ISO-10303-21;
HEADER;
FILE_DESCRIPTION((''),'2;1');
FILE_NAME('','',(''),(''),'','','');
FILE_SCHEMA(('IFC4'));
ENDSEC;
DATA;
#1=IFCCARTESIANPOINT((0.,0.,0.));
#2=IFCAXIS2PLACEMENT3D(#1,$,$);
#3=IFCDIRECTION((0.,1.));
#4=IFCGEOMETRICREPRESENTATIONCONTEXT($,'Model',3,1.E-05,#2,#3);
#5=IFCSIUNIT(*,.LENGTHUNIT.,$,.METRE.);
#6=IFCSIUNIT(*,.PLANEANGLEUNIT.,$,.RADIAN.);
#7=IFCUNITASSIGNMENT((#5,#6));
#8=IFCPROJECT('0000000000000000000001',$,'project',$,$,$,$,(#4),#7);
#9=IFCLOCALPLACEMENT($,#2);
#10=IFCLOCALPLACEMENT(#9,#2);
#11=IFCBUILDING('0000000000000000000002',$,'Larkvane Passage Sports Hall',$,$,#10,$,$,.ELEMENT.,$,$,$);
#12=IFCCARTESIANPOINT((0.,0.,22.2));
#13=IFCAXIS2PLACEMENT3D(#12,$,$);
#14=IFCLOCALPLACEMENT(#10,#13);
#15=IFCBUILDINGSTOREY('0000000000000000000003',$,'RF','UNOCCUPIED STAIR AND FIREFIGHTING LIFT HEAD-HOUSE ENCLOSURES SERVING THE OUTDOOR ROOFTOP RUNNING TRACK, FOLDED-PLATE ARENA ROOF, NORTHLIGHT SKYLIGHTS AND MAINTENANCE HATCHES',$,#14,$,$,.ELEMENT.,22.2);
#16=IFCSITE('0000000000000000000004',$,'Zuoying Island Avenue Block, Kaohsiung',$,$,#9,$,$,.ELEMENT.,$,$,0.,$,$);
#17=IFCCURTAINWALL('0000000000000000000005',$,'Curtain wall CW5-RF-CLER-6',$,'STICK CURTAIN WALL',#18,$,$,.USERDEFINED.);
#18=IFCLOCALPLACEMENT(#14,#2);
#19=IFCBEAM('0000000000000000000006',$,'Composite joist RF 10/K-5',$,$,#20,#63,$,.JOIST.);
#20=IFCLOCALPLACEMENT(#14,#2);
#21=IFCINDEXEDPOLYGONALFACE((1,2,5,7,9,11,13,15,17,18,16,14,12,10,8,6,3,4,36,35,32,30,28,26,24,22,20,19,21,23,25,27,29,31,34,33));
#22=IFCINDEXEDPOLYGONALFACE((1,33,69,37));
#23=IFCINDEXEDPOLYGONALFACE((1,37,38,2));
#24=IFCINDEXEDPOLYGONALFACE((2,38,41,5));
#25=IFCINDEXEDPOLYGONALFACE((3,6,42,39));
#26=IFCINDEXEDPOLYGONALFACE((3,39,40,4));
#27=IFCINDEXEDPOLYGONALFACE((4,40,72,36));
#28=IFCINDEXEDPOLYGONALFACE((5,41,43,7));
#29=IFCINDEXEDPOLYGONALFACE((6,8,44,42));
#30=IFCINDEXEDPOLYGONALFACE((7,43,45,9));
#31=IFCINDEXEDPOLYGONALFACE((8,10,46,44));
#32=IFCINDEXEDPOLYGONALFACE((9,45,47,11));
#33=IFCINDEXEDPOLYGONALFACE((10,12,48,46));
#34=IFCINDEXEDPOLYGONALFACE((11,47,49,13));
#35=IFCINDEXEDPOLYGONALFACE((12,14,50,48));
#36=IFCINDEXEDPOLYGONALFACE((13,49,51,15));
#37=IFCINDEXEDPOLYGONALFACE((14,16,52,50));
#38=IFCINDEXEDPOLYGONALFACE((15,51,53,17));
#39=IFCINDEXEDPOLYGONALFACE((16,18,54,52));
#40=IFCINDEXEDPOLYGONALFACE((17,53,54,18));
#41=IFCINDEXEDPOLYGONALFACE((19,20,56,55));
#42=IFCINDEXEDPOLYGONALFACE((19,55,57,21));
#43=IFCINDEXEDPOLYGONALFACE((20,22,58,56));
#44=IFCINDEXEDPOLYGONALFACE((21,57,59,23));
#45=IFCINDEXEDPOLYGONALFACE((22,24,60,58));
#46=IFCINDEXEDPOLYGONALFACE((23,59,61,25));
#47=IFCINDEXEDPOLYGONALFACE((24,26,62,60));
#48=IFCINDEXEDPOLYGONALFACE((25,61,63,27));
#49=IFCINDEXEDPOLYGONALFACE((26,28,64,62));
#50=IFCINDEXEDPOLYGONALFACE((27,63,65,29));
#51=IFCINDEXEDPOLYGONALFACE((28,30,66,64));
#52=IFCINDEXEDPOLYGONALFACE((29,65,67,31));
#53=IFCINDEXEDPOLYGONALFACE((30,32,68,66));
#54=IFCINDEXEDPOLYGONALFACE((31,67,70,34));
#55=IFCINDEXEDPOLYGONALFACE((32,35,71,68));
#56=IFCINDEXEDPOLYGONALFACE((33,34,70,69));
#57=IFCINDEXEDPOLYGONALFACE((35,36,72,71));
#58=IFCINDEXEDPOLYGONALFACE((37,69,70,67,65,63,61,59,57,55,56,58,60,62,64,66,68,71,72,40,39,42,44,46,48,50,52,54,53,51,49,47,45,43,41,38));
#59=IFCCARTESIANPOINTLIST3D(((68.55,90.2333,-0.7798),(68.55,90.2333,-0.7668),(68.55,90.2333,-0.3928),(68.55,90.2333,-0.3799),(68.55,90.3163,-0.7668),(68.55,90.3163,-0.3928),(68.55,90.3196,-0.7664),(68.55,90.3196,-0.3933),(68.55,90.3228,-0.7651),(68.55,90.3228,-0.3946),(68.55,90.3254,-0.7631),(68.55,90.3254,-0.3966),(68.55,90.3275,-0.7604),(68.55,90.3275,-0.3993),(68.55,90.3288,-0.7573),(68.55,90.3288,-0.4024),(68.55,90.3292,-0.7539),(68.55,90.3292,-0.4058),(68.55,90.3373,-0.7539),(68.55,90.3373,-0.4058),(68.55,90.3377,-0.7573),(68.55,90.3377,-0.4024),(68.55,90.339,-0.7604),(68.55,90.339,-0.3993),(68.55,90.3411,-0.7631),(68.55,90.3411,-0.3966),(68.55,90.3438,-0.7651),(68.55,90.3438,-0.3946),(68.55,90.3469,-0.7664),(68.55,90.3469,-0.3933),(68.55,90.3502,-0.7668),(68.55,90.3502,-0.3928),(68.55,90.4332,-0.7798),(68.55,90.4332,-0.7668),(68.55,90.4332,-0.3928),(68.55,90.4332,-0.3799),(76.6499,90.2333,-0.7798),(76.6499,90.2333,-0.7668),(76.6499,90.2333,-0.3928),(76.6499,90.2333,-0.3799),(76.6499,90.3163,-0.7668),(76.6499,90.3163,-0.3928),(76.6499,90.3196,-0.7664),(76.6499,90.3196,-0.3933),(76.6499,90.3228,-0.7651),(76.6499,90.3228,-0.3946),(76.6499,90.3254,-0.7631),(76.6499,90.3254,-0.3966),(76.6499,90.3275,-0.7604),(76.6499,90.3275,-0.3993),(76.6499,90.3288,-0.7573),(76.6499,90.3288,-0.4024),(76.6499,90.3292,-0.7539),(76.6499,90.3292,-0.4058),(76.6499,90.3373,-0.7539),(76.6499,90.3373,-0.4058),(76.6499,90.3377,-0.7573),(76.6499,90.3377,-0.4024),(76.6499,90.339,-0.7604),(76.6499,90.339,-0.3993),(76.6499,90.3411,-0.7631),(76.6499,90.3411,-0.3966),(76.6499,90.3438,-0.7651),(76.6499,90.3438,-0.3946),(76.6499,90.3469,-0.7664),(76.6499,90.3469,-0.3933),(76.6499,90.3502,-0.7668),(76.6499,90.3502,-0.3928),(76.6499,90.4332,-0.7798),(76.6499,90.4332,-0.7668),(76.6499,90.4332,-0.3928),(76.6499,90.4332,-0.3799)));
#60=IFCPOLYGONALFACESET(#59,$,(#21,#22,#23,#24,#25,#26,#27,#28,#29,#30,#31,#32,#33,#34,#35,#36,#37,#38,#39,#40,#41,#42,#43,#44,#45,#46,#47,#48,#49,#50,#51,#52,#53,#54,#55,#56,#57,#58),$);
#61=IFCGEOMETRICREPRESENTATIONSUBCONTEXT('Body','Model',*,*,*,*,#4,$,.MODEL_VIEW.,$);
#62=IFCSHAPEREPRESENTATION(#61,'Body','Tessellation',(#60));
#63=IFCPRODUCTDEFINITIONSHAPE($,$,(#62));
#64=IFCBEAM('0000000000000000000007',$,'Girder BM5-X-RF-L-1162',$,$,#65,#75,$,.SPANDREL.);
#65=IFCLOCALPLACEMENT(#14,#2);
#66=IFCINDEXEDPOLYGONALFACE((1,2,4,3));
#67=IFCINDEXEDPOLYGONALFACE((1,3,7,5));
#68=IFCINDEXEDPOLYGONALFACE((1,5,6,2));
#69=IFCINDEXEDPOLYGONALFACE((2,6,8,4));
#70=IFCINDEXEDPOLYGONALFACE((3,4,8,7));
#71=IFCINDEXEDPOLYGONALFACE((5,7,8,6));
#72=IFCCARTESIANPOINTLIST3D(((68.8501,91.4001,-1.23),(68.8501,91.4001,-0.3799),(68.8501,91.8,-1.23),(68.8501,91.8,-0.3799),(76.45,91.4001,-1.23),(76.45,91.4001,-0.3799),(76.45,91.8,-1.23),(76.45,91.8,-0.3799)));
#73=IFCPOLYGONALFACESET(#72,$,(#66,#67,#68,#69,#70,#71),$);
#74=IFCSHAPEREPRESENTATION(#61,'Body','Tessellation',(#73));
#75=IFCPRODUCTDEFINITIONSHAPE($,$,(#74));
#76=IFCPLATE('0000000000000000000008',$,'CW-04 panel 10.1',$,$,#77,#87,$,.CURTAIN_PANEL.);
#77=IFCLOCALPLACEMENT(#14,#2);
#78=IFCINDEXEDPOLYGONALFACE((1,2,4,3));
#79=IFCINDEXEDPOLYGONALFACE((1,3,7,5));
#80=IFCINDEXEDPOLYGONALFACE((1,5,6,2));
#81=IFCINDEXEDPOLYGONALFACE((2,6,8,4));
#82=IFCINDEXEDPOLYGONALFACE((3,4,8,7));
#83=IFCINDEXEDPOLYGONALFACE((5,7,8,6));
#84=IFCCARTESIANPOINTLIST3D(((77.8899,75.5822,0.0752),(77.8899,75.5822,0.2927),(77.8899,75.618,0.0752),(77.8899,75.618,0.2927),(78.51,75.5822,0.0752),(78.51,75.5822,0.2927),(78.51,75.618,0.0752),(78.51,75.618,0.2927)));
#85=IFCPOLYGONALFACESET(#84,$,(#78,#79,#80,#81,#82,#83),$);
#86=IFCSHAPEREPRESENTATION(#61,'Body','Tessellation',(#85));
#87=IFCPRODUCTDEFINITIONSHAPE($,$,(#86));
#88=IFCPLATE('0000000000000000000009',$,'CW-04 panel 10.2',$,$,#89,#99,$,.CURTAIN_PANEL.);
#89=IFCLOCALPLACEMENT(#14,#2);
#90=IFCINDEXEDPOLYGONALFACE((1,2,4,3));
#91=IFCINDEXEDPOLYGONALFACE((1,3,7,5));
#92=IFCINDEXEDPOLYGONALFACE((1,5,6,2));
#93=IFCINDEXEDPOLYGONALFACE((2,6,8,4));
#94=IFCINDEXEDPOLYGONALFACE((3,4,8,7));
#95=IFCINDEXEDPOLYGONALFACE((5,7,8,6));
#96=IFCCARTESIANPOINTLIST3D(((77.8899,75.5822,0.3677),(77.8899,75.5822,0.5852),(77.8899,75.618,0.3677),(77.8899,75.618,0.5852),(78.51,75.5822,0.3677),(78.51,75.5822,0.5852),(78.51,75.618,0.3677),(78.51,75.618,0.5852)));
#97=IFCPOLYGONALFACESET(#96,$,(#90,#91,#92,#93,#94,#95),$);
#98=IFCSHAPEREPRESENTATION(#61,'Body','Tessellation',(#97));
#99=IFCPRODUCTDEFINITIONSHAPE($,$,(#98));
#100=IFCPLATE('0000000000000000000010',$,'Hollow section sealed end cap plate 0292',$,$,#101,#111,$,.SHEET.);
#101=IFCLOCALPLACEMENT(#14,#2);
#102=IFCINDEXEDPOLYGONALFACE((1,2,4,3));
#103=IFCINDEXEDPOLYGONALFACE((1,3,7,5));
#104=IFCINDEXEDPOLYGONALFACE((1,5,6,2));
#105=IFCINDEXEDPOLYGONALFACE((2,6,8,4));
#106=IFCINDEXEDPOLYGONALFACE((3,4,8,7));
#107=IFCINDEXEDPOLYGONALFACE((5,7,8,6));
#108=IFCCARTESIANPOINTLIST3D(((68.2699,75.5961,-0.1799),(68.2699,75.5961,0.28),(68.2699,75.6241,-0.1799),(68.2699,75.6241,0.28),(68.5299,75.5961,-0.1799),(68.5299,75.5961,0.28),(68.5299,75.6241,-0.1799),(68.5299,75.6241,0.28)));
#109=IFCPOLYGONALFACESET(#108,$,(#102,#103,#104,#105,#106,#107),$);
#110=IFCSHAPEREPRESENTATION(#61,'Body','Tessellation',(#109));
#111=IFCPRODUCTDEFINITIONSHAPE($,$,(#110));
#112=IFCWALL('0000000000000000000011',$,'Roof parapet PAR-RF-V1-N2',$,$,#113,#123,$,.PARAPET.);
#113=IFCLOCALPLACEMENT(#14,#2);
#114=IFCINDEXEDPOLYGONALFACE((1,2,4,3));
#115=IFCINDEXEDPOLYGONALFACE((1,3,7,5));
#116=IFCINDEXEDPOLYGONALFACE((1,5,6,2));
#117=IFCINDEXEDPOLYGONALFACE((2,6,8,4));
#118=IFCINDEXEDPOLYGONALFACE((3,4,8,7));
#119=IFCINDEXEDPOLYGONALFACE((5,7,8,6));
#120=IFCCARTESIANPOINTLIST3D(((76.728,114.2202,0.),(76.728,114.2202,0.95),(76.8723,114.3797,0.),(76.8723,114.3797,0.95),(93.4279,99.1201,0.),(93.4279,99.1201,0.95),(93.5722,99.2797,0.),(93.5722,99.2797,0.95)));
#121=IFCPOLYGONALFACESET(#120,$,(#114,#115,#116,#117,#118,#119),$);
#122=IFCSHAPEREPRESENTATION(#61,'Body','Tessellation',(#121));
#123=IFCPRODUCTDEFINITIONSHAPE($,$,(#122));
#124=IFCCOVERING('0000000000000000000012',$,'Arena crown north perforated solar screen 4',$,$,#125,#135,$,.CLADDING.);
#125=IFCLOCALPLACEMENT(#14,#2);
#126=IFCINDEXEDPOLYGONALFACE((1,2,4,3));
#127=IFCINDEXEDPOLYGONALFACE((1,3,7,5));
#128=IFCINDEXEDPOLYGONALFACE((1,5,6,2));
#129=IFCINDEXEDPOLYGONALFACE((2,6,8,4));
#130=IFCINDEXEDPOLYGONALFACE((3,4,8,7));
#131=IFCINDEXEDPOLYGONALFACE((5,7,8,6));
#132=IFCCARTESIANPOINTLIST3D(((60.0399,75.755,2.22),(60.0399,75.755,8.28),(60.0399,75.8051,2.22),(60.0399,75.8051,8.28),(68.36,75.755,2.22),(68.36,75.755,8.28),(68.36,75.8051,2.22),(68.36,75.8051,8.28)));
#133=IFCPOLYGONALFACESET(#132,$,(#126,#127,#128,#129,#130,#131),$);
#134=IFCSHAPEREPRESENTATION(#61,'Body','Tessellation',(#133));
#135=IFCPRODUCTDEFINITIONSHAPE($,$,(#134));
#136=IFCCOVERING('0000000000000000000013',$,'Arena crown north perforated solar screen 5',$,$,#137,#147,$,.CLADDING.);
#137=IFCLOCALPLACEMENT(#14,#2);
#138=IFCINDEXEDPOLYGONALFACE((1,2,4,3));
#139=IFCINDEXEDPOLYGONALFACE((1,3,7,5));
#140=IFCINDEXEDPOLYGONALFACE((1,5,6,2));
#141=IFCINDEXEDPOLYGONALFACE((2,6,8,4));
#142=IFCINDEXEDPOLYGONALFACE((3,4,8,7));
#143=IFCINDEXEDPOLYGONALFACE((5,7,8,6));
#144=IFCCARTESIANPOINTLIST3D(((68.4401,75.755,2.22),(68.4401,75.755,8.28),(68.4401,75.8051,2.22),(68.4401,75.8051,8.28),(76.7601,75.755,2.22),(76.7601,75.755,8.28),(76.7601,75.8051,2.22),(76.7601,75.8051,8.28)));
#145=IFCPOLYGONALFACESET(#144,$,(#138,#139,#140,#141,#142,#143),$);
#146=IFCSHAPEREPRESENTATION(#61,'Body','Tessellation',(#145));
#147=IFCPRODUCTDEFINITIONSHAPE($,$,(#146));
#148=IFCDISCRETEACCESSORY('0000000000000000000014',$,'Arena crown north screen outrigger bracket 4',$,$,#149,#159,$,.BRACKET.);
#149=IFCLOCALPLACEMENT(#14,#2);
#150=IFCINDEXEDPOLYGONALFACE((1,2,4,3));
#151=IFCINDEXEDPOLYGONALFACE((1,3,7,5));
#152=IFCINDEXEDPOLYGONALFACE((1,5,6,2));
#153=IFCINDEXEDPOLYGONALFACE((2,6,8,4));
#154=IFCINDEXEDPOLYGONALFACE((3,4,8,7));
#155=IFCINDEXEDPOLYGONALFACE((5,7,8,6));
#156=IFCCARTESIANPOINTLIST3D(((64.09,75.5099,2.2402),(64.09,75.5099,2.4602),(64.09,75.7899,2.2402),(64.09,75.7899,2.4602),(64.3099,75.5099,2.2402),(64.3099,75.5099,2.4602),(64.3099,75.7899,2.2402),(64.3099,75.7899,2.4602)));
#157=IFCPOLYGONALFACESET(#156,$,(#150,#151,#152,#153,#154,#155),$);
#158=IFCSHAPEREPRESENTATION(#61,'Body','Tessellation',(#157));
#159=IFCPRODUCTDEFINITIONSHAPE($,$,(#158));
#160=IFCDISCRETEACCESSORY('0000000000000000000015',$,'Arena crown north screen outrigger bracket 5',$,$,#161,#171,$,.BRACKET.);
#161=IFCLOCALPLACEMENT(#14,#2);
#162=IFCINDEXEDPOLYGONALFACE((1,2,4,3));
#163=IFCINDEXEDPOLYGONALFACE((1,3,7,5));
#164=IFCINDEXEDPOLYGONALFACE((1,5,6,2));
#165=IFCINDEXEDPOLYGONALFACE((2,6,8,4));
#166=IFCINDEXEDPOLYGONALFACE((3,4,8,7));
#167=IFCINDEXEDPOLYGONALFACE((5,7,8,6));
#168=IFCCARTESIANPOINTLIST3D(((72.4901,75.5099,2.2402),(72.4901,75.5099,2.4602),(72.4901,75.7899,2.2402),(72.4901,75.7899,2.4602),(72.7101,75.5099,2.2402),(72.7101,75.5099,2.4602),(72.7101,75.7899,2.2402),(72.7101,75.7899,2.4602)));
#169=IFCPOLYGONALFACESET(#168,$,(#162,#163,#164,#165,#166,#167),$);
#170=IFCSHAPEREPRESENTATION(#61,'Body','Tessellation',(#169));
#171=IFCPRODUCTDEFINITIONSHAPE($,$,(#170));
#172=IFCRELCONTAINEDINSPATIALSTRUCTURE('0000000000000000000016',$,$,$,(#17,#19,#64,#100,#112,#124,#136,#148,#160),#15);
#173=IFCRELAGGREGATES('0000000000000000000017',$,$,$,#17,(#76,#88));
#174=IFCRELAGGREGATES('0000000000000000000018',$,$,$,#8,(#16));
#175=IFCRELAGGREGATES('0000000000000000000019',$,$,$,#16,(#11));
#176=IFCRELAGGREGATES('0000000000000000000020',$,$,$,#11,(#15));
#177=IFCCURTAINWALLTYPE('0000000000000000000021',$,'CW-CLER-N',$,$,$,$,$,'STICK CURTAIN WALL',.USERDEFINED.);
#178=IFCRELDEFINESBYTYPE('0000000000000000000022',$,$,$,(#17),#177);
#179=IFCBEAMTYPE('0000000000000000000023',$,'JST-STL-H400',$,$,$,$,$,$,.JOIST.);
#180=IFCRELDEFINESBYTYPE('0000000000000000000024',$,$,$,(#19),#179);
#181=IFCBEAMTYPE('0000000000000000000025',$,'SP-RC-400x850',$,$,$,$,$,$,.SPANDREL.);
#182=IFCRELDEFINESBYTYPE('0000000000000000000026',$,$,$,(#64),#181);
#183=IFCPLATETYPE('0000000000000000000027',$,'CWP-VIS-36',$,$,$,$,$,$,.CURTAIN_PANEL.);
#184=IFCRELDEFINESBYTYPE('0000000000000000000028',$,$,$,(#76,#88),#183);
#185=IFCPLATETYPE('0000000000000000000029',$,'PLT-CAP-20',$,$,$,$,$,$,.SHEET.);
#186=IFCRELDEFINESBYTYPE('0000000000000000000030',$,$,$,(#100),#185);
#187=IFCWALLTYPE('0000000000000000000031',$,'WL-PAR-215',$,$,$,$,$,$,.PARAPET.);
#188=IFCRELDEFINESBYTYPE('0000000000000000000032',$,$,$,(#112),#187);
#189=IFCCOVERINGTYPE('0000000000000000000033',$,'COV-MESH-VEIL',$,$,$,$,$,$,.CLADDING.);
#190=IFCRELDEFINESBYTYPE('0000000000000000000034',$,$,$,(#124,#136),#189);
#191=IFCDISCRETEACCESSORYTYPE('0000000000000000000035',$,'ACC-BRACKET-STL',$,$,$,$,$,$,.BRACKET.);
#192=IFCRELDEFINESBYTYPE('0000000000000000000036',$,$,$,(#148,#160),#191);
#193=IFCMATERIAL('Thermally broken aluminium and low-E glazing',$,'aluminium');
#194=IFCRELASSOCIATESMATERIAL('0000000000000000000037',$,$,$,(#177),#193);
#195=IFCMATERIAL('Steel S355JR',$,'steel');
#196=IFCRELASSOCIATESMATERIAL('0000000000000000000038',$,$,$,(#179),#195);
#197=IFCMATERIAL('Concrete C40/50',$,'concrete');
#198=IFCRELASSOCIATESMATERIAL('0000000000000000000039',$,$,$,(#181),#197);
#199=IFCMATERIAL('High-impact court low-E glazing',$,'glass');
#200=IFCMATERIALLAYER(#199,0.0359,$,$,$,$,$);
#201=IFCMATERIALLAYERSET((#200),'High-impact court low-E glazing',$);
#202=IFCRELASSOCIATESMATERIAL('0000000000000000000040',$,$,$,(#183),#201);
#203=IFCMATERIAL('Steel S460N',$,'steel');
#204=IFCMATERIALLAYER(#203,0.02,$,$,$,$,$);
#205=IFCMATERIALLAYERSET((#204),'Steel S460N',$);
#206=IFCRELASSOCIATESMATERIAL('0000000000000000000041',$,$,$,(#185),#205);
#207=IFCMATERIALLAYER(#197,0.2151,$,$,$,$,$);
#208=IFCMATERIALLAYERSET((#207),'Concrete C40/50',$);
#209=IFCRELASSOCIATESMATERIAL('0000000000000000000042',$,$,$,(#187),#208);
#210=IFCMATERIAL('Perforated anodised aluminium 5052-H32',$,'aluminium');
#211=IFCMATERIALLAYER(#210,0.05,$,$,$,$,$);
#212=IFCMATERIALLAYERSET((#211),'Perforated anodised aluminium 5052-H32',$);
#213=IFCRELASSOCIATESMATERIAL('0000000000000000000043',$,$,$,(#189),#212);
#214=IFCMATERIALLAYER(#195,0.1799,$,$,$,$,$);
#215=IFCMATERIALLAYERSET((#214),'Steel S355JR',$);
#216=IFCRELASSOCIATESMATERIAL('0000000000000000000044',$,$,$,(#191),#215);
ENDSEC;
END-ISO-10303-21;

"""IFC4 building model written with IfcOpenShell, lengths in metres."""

from ifc_helpers import new_model, si_unit, direction, frame, frame_2d, origin, origin_2d, place, context, subcontext, project, spatial, rectangle, i_section, extrude, material, layer, layer_set, material_profile, profile_set, type_object, element, aggregate, save


model = new_model("IFC4")

# Units and contexts
model_context = context("Model", 3, precision=1e-05, world=origin(), true_north=direction((0.0, 1.0)))
body_context = subcontext(model_context, "Body", "Model", "MODEL_VIEW")
ifc_project = project(units=[si_unit("LENGTHUNIT", "METRE"), si_unit("PLANEANGLEUNIT", "RADIAN")], contexts=[model_context])

# Site, building, storey
site_placement = place(None, origin())
site = spatial("IfcSite", under=ifc_project, at=site_placement, Name="Zuoying Island Avenue Block, Kaohsiung", CompositionType="ELEMENT", RefElevation=0.0)
building_placement = place(site_placement, origin())
building = spatial("IfcBuilding", under=site, at=building_placement, Name="Larkvane Passage Sports Hall", CompositionType="ELEMENT")
storey_placement = place(building_placement, frame((0.0, 0.0, 22.2)))
storey = spatial("IfcBuildingStorey", under=building, at=storey_placement, Name="RF", Description="UNOCCUPIED STAIR AND FIREFIGHTING LIFT HEAD-HOUSE ENCLOSURES SERVING THE OUTDOOR ROOFTOP RUNNING TRACK, FOLDED-PLATE ARENA ROOF, NORTHLIGHT SKYLIGHTS AND MAINTENANCE HATCHES", CompositionType="ELEMENT", Elevation=22.2)

# Shared definitions
ifc_material_1 = material(Name="Steel S355JR", Category="steel")
ifc_material_2 = material(Name="Steel S460N", Category="steel")

# Curtain wall
ifc_material_3 = material(Name="Thermally broken aluminium and low-E glazing", Category="aluminium")
curtain_wall_type = type_object("IfcCurtainWallType", Name="CW-CLER-N", ElementType="STICK CURTAIN WALL", PredefinedType="USERDEFINED", material=ifc_material_3)
curtain_wall_placement = place(storey_placement, origin())
curtain_wall = element("IfcCurtainWall", 1, at=curtain_wall_placement, inside=storey, type_object=curtain_wall_type, Name="Curtain wall CW5-RF-CLER-6", ObjectType="STICK CURTAIN WALL", PredefinedType="USERDEFINED")

# Beams
ifc_material_profile_1 = material_profile(ifc_material_1, i_section(OverallWidth=0.2, OverallDepth=0.3999, WebThickness=0.0081, FlangeThickness=0.0129, FilletRadius=0.0129, at=origin_2d()), Name="H-400x200x8x13")
ifc_profile_set_1 = profile_set([ifc_material_profile_1], Name="Steel S355JR")
beam_type_1 = type_object("IfcBeamType", Name="JST-STL-H400", PredefinedType="JOIST", material=ifc_profile_set_1)
beam_1_placement = place(storey_placement, frame((68.55, 90.3333, -0.5798), z_axis=(1.0, 0.0, 0.0), x_axis=(0.0, 1.0, 0.0)))
element("IfcBeam", 2, at=beam_1_placement, inside=storey, type_object=beam_type_1, Name="Composite joist RF 10/K-5", PredefinedType="JOIST", context=body_context, shape_type="SweptSolid", body=[
    extrude(i_section(OverallWidth=0.2, OverallDepth=0.3999, WebThickness=0.0081, FlangeThickness=0.0129, FilletRadius=0.0129, at=origin_2d()), origin(), (0.0, 0.0, 1.0), 8.0999),
])
ifc_material_4 = material(Name="Concrete C40/50", Category="concrete")
ifc_material_profile_2 = material_profile(ifc_material_4, rectangle(XDim=0.3999, YDim=0.8501, at=origin_2d()), Name="RC-SP-400x850")
ifc_profile_set_2 = profile_set([ifc_material_profile_2], Name="Concrete C40/50")
beam_type_2 = type_object("IfcBeamType", Name="SP-RC-400x850", PredefinedType="SPANDREL", material=ifc_profile_set_2)
beam_2_placement = place(storey_placement, frame((68.8501, 91.6001, -0.8049), z_axis=(1.0, 0.0, 0.0), x_axis=(0.0, 1.0, 0.0)))
element("IfcBeam", 3, at=beam_2_placement, inside=storey, type_object=beam_type_2, Name="Girder BM5-X-RF-L-1162", PredefinedType="SPANDREL", context=body_context, shape_type="SweptSolid", body=[
    extrude(rectangle(XDim=0.3999, YDim=0.8501, at=origin_2d()), origin(), (0.0, 0.0, 1.0), 7.5999),
])

# Plates
ifc_material_5 = material(Name="High-impact court low-E glazing", Category="glass")
ifc_layer_1 = layer(ifc_material_5, 0.0359)
ifc_layer_set_1 = layer_set([ifc_layer_1], Name="High-impact court low-E glazing")
plate_type_1 = type_object("IfcPlateType", Name="CWP-VIS-36", PredefinedType="CURTAIN_PANEL", material=ifc_layer_set_1)
plate_1_placement = place(storey_placement, frame((78.2, 75.6001, 0.0752), z_axis=(0.0, 0.0, 1.0), x_axis=(-1.0, 0.0, 0.0)))
plate_1 = element("IfcPlate", 4, at=plate_1_placement, type_object=plate_type_1, Name="CW-04 panel 10.1", PredefinedType="CURTAIN_PANEL", context=body_context, shape_type="SweptSolid", body=[
    extrude(rectangle(XDim=0.6201, YDim=0.0359, at=origin_2d()), origin(), (0.0, 0.0, 1.0), 0.2175),
])
plate_2_placement = place(storey_placement, frame((78.2, 75.6001, 0.3677), z_axis=(0.0, 0.0, 1.0), x_axis=(-1.0, 0.0, 0.0)))
plate_2 = element("IfcPlate", 5, at=plate_2_placement, type_object=plate_type_1, Name="CW-04 panel 10.2", PredefinedType="CURTAIN_PANEL", context=body_context, shape_type="SweptSolid", body=[
    extrude(rectangle(XDim=0.6201, YDim=0.0359, at=origin_2d()), origin(), (0.0, 0.0, 1.0), 0.2175),
])
aggregate(curtain_wall, [plate_1, plate_2])
ifc_layer_2 = layer(ifc_material_2, 0.02)
ifc_layer_set_2 = layer_set([ifc_layer_2], Name="Steel S460N")
plate_type_2 = type_object("IfcPlateType", Name="PLT-CAP-20", PredefinedType="SHEET", material=ifc_layer_set_2)
plate_3_placement = place(storey_placement, frame((68.3999, 75.6101, -0.1799), z_axis=(0.0, 0.0, 1.0), x_axis=(-1.0, 0.0, 0.0)))
element("IfcPlate", 6, at=plate_3_placement, inside=storey, type_object=plate_type_2, Name="Hollow section sealed end cap plate 0292", PredefinedType="SHEET", context=body_context, shape_type="SweptSolid", body=[
    extrude(rectangle(XDim=0.26, YDim=0.0281, at=origin_2d()), origin(), (0.0, 0.0, 1.0), 0.46),
])

# Wall
ifc_layer_3 = layer(ifc_material_4, 0.2151)
ifc_layer_set_3 = layer_set([ifc_layer_3], Name="Concrete C40/50")
wall_type = type_object("IfcWallType", Name="WL-PAR-215", PredefinedType="PARAPET", material=ifc_layer_set_3)
wall_placement = place(storey_placement, frame((76.8, 114.3, 0.0), z_axis=(0.0, 0.0, 1.0), x_axis=(0.741743, -0.670684, 0.0)))
element("IfcWall", 7, at=wall_placement, inside=storey, type_object=wall_type, Name="Roof parapet PAR-RF-V1-N2", PredefinedType="PARAPET", context=body_context, shape_type="SweptSolid", body=[
    extrude(rectangle(XDim=22.5144, YDim=0.2151, at=frame_2d((11.2573, 0.0))), origin(), (0.0, 0.0, 1.0), 0.95),
])

# Coverings
ifc_material_6 = material(Name="Perforated anodised aluminium 5052-H32", Category="aluminium")
ifc_layer_4 = layer(ifc_material_6, 0.05)
ifc_layer_set_4 = layer_set([ifc_layer_4], Name="Perforated anodised aluminium 5052-H32")
covering_type = type_object("IfcCoveringType", Name="COV-MESH-VEIL", PredefinedType="CLADDING", material=ifc_layer_set_4)
for number, where, z_axis, x_axis, name in (
    (8, (64.2, 75.78, 2.22), (0.0, 0.0, 1.0), (1.0, 0.0, 0.0), "Arena crown north perforated solar screen 4"),
    (9, (72.6001, 75.78, 2.22), (0.0, 0.0, 1.0), (1.0, 0.0, 0.0), "Arena crown north perforated solar screen 5"),
):
    element("IfcCovering", number, at=place(storey_placement, frame(where, z_axis=z_axis, x_axis=x_axis)), inside=storey, type_object=covering_type, Name=name, PredefinedType="CLADDING", context=body_context, shape_type="SweptSolid", body=[
        extrude(rectangle(XDim=8.3201, YDim=0.05, at=origin_2d()), origin(), (0.0, 0.0, 1.0), 6.0601),
    ])

# Discrete accessories
ifc_layer_5 = layer(ifc_material_1, 0.1799)
ifc_layer_set_5 = layer_set([ifc_layer_5], Name="Steel S355JR")
discrete_accessory_type = type_object("IfcDiscreteAccessoryType", Name="ACC-BRACKET-STL", PredefinedType="BRACKET", material=ifc_layer_set_5)
for number, where, z_axis, x_axis, name in (
    (10, (64.2, 75.6499, 2.2402), (0.0, 0.0, 1.0), (1.0, 0.0, 0.0), "Arena crown north screen outrigger bracket 4"),
    (11, (72.6001, 75.6499, 2.2402), (0.0, 0.0, 1.0), (1.0, 0.0, 0.0), "Arena crown north screen outrigger bracket 5"),
):
    element("IfcDiscreteAccessory", number, at=place(storey_placement, frame(where, z_axis=z_axis, x_axis=x_axis)), inside=storey, type_object=discrete_accessory_type, Name=name, PredefinedType="BRACKET", context=body_context, shape_type="SweptSolid", body=[
        extrude(rectangle(XDim=0.22, YDim=0.28, at=origin_2d()), origin(), (0.0, 0.0, 1.0), 0.22),
    ])

save(model, "model.ifc")
